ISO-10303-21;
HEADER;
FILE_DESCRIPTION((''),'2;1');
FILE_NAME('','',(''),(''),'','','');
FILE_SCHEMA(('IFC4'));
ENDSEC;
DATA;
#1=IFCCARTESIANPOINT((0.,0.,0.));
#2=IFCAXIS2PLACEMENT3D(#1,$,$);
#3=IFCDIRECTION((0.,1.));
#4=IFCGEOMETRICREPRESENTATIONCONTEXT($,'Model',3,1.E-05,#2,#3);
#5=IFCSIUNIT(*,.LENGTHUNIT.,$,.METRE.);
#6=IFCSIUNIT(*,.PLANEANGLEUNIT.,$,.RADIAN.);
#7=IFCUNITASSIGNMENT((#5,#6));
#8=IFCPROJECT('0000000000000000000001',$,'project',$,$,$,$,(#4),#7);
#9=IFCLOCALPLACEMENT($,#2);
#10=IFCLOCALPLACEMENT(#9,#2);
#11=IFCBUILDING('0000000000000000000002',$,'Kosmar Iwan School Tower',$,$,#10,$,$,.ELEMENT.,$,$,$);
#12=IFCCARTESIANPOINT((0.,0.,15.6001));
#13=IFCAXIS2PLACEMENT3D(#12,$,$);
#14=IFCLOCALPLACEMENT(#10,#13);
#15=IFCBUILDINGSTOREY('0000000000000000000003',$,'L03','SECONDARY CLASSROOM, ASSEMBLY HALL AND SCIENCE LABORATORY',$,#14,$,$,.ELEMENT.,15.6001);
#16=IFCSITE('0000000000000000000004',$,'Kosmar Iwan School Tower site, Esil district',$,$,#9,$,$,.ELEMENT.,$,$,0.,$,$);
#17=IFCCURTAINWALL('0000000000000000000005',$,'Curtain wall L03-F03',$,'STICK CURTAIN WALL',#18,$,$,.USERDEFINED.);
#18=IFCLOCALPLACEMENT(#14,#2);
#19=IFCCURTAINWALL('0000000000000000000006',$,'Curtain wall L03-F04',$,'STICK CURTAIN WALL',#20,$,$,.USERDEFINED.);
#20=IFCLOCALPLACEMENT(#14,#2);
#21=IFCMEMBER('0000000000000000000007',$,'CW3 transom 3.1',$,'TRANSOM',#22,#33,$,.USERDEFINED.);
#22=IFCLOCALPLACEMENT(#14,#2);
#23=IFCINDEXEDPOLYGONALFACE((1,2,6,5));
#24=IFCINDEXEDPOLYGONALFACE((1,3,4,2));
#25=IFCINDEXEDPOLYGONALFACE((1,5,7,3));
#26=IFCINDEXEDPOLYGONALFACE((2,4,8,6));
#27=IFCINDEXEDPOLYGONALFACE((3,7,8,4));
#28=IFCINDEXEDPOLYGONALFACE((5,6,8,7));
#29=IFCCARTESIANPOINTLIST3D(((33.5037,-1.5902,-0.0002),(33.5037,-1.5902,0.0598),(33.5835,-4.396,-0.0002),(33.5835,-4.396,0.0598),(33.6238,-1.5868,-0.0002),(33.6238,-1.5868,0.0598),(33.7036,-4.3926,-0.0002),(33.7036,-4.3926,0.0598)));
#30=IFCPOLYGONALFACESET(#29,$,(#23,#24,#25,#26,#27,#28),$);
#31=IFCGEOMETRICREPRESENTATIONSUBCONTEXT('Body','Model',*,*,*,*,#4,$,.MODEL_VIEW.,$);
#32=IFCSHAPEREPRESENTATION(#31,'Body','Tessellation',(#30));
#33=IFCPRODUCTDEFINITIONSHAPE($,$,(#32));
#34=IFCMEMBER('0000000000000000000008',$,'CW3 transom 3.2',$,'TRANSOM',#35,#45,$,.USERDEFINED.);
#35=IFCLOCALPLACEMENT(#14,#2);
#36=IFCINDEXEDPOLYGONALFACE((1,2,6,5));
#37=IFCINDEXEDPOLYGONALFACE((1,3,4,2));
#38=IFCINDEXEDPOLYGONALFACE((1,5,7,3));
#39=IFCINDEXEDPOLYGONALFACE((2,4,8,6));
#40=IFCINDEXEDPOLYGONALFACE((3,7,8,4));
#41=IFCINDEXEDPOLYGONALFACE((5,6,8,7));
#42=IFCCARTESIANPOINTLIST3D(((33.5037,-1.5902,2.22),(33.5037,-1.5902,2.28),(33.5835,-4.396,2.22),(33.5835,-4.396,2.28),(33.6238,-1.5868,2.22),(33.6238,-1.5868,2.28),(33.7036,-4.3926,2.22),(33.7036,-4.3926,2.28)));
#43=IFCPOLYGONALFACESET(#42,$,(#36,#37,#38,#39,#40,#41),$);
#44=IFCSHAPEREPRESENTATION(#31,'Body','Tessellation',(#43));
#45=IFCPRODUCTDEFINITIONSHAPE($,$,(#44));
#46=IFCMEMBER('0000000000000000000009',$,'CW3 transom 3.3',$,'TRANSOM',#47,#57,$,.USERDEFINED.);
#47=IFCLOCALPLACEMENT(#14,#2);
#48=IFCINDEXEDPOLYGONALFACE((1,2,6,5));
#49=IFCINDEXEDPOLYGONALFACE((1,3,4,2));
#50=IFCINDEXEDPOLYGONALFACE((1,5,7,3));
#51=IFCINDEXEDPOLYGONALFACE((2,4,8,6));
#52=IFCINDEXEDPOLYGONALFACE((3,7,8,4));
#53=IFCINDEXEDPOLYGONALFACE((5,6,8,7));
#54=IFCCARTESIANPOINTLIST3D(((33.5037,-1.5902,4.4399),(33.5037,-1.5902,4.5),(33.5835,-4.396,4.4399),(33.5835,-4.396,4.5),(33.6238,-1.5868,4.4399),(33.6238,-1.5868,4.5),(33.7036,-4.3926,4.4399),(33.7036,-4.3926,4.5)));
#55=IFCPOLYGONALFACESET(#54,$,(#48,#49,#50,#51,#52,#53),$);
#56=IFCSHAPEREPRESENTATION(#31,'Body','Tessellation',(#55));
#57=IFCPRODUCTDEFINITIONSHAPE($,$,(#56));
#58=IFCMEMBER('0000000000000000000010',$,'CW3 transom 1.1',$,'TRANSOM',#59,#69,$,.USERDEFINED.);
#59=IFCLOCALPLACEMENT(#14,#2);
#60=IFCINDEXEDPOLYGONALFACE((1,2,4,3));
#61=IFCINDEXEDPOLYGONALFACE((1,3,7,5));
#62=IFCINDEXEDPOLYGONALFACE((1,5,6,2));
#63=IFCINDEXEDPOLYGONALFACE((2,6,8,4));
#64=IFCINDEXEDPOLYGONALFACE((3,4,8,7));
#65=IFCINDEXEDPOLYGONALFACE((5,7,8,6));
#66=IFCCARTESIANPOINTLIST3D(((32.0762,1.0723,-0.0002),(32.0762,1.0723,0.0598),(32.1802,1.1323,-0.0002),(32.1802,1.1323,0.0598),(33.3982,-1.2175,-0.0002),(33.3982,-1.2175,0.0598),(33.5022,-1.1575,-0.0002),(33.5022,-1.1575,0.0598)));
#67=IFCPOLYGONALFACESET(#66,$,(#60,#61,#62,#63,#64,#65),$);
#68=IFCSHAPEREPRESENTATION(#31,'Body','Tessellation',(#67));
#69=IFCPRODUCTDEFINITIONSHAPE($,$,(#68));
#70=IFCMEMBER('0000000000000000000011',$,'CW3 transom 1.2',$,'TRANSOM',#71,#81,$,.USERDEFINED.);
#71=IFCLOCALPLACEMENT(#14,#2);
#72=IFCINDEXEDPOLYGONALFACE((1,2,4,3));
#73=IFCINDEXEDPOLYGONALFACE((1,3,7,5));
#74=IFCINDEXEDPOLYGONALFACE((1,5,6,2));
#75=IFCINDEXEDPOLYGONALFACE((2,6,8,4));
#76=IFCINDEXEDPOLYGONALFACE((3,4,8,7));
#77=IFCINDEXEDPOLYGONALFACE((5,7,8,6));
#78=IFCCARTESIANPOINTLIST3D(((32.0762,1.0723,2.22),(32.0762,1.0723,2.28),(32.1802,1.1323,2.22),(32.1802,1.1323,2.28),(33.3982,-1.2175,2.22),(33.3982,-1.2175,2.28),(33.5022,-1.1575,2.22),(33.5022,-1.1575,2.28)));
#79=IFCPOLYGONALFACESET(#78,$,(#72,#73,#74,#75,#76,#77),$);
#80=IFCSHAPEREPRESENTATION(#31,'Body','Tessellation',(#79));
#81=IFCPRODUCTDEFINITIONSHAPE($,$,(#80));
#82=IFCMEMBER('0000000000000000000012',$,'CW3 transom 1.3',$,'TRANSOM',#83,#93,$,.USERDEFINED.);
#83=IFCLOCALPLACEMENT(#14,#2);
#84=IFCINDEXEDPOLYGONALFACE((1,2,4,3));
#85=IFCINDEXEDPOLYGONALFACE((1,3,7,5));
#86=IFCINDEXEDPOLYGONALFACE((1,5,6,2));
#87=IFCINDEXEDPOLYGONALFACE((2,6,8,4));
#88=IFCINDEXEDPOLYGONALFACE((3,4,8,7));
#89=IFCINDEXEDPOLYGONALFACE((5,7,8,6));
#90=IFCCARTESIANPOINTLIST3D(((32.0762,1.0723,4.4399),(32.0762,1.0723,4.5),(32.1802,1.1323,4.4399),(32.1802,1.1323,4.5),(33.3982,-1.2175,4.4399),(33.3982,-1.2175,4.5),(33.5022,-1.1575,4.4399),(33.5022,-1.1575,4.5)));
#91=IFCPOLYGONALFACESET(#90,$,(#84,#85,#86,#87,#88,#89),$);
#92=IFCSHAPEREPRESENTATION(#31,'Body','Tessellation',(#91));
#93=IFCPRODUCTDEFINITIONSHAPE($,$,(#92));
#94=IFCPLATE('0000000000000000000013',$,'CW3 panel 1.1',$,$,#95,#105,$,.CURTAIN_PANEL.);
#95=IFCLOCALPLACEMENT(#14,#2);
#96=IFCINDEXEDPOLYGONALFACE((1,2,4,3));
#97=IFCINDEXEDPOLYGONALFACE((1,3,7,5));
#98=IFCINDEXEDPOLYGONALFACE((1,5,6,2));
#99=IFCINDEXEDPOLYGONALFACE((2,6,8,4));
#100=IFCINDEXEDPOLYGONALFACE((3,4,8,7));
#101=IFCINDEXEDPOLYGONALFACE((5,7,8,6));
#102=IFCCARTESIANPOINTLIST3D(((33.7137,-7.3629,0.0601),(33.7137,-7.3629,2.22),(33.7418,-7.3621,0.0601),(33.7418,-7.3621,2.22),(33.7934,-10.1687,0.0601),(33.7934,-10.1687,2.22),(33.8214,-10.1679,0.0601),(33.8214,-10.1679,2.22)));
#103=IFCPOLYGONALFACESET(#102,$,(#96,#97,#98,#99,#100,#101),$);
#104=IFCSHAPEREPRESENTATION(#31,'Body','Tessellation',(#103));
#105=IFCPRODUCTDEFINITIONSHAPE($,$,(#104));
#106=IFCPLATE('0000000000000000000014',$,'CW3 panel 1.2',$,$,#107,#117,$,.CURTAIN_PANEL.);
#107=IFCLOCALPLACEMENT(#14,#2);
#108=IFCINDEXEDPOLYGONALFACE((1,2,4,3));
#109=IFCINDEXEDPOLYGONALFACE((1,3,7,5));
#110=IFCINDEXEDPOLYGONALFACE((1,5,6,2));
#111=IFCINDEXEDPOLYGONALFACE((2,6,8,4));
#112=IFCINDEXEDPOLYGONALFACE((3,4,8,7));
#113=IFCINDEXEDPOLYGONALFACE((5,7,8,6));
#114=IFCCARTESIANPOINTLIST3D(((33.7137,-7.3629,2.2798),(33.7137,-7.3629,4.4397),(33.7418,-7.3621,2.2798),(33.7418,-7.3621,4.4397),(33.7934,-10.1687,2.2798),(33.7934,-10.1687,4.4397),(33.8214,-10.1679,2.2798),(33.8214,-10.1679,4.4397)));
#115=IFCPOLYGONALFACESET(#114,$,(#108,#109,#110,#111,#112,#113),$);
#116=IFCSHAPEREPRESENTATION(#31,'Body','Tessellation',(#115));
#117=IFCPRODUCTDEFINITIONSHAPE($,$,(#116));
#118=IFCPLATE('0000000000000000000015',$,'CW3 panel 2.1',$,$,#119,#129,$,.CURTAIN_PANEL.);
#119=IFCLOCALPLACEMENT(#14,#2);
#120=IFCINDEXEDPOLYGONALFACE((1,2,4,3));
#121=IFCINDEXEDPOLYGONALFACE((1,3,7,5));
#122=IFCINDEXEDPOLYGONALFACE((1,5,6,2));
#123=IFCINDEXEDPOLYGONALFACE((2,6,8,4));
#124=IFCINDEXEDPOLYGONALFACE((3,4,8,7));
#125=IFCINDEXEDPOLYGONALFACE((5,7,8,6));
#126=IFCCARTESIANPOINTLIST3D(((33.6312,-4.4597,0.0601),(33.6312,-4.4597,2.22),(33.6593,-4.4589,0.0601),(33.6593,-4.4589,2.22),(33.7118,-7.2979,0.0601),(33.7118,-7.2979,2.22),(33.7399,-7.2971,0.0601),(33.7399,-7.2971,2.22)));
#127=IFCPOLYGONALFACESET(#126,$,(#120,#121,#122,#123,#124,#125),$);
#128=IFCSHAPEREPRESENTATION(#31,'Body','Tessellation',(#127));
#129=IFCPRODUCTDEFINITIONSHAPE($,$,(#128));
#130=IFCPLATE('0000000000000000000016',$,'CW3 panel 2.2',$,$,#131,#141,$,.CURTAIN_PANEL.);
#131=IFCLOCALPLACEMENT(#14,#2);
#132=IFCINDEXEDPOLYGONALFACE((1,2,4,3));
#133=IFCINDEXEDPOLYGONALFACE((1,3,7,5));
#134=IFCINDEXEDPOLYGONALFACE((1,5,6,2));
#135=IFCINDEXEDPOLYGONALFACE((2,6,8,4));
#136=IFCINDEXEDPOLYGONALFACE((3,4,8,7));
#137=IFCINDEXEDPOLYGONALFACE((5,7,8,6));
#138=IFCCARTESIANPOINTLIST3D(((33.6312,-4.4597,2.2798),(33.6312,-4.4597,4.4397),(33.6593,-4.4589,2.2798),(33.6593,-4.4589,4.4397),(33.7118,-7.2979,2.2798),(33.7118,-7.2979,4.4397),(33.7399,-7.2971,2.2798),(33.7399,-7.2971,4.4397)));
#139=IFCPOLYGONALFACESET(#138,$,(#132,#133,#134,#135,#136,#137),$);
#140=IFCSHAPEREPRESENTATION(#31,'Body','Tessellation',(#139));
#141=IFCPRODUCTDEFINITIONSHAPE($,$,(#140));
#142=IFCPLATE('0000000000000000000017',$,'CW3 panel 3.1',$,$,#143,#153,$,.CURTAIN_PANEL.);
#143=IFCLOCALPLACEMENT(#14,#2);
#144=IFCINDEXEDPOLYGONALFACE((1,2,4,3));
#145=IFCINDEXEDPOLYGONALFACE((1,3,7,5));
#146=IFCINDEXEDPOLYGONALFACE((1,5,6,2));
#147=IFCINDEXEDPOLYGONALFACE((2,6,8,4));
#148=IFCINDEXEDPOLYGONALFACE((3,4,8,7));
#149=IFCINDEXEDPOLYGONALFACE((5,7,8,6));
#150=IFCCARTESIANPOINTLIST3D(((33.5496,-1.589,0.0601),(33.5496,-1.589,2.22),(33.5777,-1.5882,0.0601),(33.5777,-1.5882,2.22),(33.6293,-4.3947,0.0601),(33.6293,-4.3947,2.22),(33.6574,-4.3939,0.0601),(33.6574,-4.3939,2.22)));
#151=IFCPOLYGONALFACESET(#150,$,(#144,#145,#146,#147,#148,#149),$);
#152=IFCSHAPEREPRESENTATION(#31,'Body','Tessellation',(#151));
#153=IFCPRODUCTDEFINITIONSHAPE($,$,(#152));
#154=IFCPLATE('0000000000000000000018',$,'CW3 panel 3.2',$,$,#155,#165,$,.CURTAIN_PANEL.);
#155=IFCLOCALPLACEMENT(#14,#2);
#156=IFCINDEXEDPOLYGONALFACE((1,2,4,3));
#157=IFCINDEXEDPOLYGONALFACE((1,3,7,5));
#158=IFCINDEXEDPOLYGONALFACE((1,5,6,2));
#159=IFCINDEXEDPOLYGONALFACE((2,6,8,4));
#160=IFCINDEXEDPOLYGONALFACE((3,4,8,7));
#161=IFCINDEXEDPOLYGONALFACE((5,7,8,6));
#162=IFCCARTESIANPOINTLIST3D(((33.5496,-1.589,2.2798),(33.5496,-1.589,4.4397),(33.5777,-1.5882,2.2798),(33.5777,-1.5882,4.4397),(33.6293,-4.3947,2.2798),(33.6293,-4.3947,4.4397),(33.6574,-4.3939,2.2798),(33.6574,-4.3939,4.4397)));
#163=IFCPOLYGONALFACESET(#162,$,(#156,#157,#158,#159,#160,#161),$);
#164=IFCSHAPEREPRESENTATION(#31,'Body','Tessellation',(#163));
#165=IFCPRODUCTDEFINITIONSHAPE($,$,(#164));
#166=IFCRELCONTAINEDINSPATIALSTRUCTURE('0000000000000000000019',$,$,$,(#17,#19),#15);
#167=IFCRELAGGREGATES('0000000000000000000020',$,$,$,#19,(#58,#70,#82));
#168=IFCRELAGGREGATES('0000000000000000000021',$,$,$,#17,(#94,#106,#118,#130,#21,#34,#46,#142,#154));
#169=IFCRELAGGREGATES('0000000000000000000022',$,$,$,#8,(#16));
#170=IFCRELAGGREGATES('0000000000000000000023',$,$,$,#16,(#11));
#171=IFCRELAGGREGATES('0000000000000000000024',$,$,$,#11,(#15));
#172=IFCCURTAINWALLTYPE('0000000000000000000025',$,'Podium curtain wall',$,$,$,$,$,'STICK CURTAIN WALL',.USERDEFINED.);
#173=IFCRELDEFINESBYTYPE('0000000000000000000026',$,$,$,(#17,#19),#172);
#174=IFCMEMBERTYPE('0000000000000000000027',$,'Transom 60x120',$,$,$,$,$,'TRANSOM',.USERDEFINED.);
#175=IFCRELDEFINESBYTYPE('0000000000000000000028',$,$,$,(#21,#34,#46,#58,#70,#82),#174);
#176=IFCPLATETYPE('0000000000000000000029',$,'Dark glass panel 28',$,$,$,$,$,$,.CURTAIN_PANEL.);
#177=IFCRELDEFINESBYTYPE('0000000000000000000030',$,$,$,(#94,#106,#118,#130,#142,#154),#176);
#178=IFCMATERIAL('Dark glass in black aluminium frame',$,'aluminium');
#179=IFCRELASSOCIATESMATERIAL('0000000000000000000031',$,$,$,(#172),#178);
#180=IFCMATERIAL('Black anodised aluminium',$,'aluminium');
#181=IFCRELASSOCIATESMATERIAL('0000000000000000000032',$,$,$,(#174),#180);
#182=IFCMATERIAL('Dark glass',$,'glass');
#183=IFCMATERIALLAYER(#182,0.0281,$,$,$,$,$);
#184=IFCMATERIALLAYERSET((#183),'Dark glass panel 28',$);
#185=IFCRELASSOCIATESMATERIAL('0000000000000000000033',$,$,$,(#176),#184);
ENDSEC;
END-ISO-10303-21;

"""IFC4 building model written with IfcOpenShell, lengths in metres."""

from ifc_helpers import new_model, si_unit, direction, frame, origin, origin_2d, place, context, subcontext, project, spatial, rectangle, extrude, material, layer, layer_set, material_profile, profile_set, type_object, element, aggregate, save


model = new_model("IFC4")

# Units and contexts
model_context = context("Model", 3, precision=1e-05, world=origin(), true_north=direction((0.0, 1.0)))
body_context = subcontext(model_context, "Body", "Model", "MODEL_VIEW")
ifc_project = project(units=[si_unit("LENGTHUNIT", "METRE"), si_unit("PLANEANGLEUNIT", "RADIAN")], contexts=[model_context])

# Site, building, storey
site_placement = place(None, origin())
site = spatial("IfcSite", under=ifc_project, at=site_placement, Name="Kosmar Iwan School Tower site, Esil district", CompositionType="ELEMENT", RefElevation=0.0)
building_placement = place(site_placement, origin())
building = spatial("IfcBuilding", under=site, at=building_placement, Name="Kosmar Iwan School Tower", CompositionType="ELEMENT")
storey_placement = place(building_placement, frame((0.0, 0.0, 15.6001)))
storey = spatial("IfcBuildingStorey", under=building, at=storey_placement, Name="L03", Description="SECONDARY CLASSROOM, ASSEMBLY HALL AND SCIENCE LABORATORY", CompositionType="ELEMENT", Elevation=15.6001)

# Curtain wall
ifc_material_1 = material(Name="Dark glass in black aluminium frame", Category="aluminium")
curtain_wall_type_1 = type_object("IfcCurtainWallType", Name="Podium curtain wall", ElementType="STICK CURTAIN WALL", PredefinedType="USERDEFINED", material=ifc_material_1)
curtain_wall_1_placement = place(storey_placement, origin())
curtain_wall_1 = element("IfcCurtainWall", 1, at=curtain_wall_1_placement, inside=storey, type_object=curtain_wall_type_1, Name="Curtain wall L03-F03", ObjectType="STICK CURTAIN WALL", PredefinedType="USERDEFINED")

# Curtain wall
curtain_wall_2_placement = place(storey_placement, origin())
curtain_wall_2 = element("IfcCurtainWall", 2, at=curtain_wall_2_placement, inside=storey, type_object=curtain_wall_type_1, Name="Curtain wall L03-F04", ObjectType="STICK CURTAIN WALL", PredefinedType="USERDEFINED")

# Members
ifc_material_2 = material(Name="Black anodised aluminium", Category="aluminium")
ifc_material_profile_1 = material_profile(ifc_material_2, rectangle(XDim=0.1201, YDim=0.0601, at=origin_2d()), Name="TRANSOM 60x120")
ifc_profile_set_1 = profile_set([ifc_material_profile_1], Name="Black anodised aluminium")
member_type_1 = type_object("IfcMemberType", Name="Transom 60x120", ElementType="TRANSOM", PredefinedType="USERDEFINED", material=ifc_profile_set_1)
member_1_placement = place(storey_placement, frame((33.6436, -4.3943, 0.0298), z_axis=(-0.028443, 0.999595, 0.0), x_axis=(-0.999595, -0.028443, 0.0)))
member_1 = element("IfcMember", 3, at=member_1_placement, type_object=member_type_1, Name="CW3 transom 3.1", ObjectType="TRANSOM", PredefinedType="USERDEFINED", context=body_context, shape_type="SweptSolid", body=[
    extrude(rectangle(XDim=0.1201, YDim=0.0601, at=origin_2d()), origin(), (0.0, 0.0, 1.0), 2.8069),
])
member_2_placement = place(storey_placement, frame((33.6436, -4.3943, 2.25), z_axis=(-0.028443, 0.999595, 0.0), x_axis=(-0.999595, -0.028443, 0.0)))
member_2 = element("IfcMember", 4, at=member_2_placement, type_object=member_type_1, Name="CW3 transom 3.2", ObjectType="TRANSOM", PredefinedType="USERDEFINED", context=body_context, shape_type="SweptSolid", body=[
    extrude(rectangle(XDim=0.1201, YDim=0.0601, at=origin_2d()), origin(), (0.0, 0.0, 1.0), 2.8069),
])
member_3_placement = place(storey_placement, frame((33.6436, -4.3943, 4.47), z_axis=(-0.028443, 0.999595, 0.0), x_axis=(-0.999595, -0.028443, 0.0)))
member_3 = element("IfcMember", 5, at=member_3_placement, type_object=member_type_1, Name="CW3 transom 3.3", ObjectType="TRANSOM", PredefinedType="USERDEFINED", context=body_context, shape_type="SweptSolid", body=[
    extrude(rectangle(XDim=0.1201, YDim=0.0601, at=origin_2d()), origin(), (0.0, 0.0, 1.0), 2.8069),
])
member_4_placement = place(storey_placement, frame((33.4502, -1.1875, 0.0298), z_axis=(-0.500002, 0.866024, 0.0), x_axis=(-0.866024, -0.500002, 0.0)))
member_4 = element("IfcMember", 6, at=member_4_placement, type_object=member_type_1, Name="CW3 transom 1.1", ObjectType="TRANSOM", PredefinedType="USERDEFINED", context=body_context, shape_type="SweptSolid", body=[
    extrude(rectangle(XDim=0.1201, YDim=0.0601, at=origin_2d()), origin(), (0.0, 0.0, 1.0), 2.644),
])
member_5_placement = place(storey_placement, frame((33.4502, -1.1875, 2.25), z_axis=(-0.500002, 0.866024, 0.0), x_axis=(-0.866024, -0.500002, 0.0)))
member_5 = element("IfcMember", 7, at=member_5_placement, type_object=member_type_1, Name="CW3 transom 1.2", ObjectType="TRANSOM", PredefinedType="USERDEFINED", context=body_context, shape_type="SweptSolid", body=[
    extrude(rectangle(XDim=0.1201, YDim=0.0601, at=origin_2d()), origin(), (0.0, 0.0, 1.0), 2.644),
])
member_6_placement = place(storey_placement, frame((33.4502, -1.1875, 4.47), z_axis=(-0.500002, 0.866024, 0.0), x_axis=(-0.866024, -0.500002, 0.0)))
member_6 = element("IfcMember", 8, at=member_6_placement, type_object=member_type_1, Name="CW3 transom 1.3", ObjectType="TRANSOM", PredefinedType="USERDEFINED", context=body_context, shape_type="SweptSolid", body=[
    extrude(rectangle(XDim=0.1201, YDim=0.0601, at=origin_2d()), origin(), (0.0, 0.0, 1.0), 2.644),
])
aggregate(curtain_wall_2, [member_4, member_5, member_6])

# Plates
ifc_material_3 = material(Name="Dark glass", Category="glass")
ifc_layer = layer(ifc_material_3, 0.0281)
ifc_layer_set = layer_set([ifc_layer], Name="Dark glass panel 28")
plate_type = type_object("IfcPlateType", Name="Dark glass panel 28", PredefinedType="CURTAIN_PANEL", material=ifc_layer_set)
plate_1_placement = place(storey_placement, frame((33.7676, -8.7654, 0.0601), z_axis=(0.0, 0.0, 1.0), x_axis=(-0.028386, 0.999597, 0.0)))
plate_1 = element("IfcPlate", 9, at=plate_1_placement, type_object=plate_type, Name="CW3 panel 1.1", PredefinedType="CURTAIN_PANEL", context=body_context, shape_type="SweptSolid", body=[
    extrude(rectangle(XDim=2.8069, YDim=0.0281, at=origin_2d()), origin(), (0.0, 0.0, 1.0), 2.1599),
])
plate_2_placement = place(storey_placement, frame((33.7676, -8.7654, 2.2798), z_axis=(0.0, 0.0, 1.0), x_axis=(-0.028386, 0.999597, 0.0)))
plate_2 = element("IfcPlate", 10, at=plate_2_placement, type_object=plate_type, Name="CW3 panel 1.2", PredefinedType="CURTAIN_PANEL", context=body_context, shape_type="SweptSolid", body=[
    extrude(rectangle(XDim=2.8069, YDim=0.0281, at=origin_2d()), origin(), (0.0, 0.0, 1.0), 2.1599),
])
plate_3_placement = place(storey_placement, frame((33.6855, -5.8784, 0.0601), z_axis=(0.0, 0.0, 1.0), x_axis=(-0.028386, 0.999597, 0.0)))
plate_3 = element("IfcPlate", 11, at=plate_3_placement, type_object=plate_type, Name="CW3 panel 2.1", PredefinedType="CURTAIN_PANEL", context=body_context, shape_type="SweptSolid", body=[
    extrude(rectangle(XDim=2.8394, YDim=0.0281, at=origin_2d()), origin(), (0.0, 0.0, 1.0), 2.1599),
])
plate_4_placement = place(storey_placement, frame((33.6855, -5.8784, 2.2798), z_axis=(0.0, 0.0, 1.0), x_axis=(-0.028386, 0.999597, 0.0)))
plate_4 = element("IfcPlate", 12, at=plate_4_placement, type_object=plate_type, Name="CW3 panel 2.2", PredefinedType="CURTAIN_PANEL", context=body_context, shape_type="SweptSolid", body=[
    extrude(rectangle(XDim=2.8394, YDim=0.0281, at=origin_2d()), origin(), (0.0, 0.0, 1.0), 2.1599),
])
plate_5_placement = place(storey_placement, frame((33.6035, -2.9915, 0.0601), z_axis=(0.0, 0.0, 1.0), x_axis=(-0.028386, 0.999597, 0.0)))
plate_5 = element("IfcPlate", 13, at=plate_5_placement, type_object=plate_type, Name="CW3 panel 3.1", PredefinedType="CURTAIN_PANEL", context=body_context, shape_type="SweptSolid", body=[
    extrude(rectangle(XDim=2.8069, YDim=0.0281, at=origin_2d()), origin(), (0.0, 0.0, 1.0), 2.1599),
])
plate_6_placement = place(storey_placement, frame((33.6035, -2.9915, 2.2798), z_axis=(0.0, 0.0, 1.0), x_axis=(-0.028386, 0.999597, 0.0)))
plate_6 = element("IfcPlate", 14, at=plate_6_placement, type_object=plate_type, Name="CW3 panel 3.2", PredefinedType="CURTAIN_PANEL", context=body_context, shape_type="SweptSolid", body=[
    extrude(rectangle(XDim=2.8069, YDim=0.0281, at=origin_2d()), origin(), (0.0, 0.0, 1.0), 2.1599),
])
aggregate(curtain_wall_1, [plate_1, plate_2, plate_3, plate_4, member_1, member_2, member_3, plate_5, plate_6])

save(model, "model.ifc")
